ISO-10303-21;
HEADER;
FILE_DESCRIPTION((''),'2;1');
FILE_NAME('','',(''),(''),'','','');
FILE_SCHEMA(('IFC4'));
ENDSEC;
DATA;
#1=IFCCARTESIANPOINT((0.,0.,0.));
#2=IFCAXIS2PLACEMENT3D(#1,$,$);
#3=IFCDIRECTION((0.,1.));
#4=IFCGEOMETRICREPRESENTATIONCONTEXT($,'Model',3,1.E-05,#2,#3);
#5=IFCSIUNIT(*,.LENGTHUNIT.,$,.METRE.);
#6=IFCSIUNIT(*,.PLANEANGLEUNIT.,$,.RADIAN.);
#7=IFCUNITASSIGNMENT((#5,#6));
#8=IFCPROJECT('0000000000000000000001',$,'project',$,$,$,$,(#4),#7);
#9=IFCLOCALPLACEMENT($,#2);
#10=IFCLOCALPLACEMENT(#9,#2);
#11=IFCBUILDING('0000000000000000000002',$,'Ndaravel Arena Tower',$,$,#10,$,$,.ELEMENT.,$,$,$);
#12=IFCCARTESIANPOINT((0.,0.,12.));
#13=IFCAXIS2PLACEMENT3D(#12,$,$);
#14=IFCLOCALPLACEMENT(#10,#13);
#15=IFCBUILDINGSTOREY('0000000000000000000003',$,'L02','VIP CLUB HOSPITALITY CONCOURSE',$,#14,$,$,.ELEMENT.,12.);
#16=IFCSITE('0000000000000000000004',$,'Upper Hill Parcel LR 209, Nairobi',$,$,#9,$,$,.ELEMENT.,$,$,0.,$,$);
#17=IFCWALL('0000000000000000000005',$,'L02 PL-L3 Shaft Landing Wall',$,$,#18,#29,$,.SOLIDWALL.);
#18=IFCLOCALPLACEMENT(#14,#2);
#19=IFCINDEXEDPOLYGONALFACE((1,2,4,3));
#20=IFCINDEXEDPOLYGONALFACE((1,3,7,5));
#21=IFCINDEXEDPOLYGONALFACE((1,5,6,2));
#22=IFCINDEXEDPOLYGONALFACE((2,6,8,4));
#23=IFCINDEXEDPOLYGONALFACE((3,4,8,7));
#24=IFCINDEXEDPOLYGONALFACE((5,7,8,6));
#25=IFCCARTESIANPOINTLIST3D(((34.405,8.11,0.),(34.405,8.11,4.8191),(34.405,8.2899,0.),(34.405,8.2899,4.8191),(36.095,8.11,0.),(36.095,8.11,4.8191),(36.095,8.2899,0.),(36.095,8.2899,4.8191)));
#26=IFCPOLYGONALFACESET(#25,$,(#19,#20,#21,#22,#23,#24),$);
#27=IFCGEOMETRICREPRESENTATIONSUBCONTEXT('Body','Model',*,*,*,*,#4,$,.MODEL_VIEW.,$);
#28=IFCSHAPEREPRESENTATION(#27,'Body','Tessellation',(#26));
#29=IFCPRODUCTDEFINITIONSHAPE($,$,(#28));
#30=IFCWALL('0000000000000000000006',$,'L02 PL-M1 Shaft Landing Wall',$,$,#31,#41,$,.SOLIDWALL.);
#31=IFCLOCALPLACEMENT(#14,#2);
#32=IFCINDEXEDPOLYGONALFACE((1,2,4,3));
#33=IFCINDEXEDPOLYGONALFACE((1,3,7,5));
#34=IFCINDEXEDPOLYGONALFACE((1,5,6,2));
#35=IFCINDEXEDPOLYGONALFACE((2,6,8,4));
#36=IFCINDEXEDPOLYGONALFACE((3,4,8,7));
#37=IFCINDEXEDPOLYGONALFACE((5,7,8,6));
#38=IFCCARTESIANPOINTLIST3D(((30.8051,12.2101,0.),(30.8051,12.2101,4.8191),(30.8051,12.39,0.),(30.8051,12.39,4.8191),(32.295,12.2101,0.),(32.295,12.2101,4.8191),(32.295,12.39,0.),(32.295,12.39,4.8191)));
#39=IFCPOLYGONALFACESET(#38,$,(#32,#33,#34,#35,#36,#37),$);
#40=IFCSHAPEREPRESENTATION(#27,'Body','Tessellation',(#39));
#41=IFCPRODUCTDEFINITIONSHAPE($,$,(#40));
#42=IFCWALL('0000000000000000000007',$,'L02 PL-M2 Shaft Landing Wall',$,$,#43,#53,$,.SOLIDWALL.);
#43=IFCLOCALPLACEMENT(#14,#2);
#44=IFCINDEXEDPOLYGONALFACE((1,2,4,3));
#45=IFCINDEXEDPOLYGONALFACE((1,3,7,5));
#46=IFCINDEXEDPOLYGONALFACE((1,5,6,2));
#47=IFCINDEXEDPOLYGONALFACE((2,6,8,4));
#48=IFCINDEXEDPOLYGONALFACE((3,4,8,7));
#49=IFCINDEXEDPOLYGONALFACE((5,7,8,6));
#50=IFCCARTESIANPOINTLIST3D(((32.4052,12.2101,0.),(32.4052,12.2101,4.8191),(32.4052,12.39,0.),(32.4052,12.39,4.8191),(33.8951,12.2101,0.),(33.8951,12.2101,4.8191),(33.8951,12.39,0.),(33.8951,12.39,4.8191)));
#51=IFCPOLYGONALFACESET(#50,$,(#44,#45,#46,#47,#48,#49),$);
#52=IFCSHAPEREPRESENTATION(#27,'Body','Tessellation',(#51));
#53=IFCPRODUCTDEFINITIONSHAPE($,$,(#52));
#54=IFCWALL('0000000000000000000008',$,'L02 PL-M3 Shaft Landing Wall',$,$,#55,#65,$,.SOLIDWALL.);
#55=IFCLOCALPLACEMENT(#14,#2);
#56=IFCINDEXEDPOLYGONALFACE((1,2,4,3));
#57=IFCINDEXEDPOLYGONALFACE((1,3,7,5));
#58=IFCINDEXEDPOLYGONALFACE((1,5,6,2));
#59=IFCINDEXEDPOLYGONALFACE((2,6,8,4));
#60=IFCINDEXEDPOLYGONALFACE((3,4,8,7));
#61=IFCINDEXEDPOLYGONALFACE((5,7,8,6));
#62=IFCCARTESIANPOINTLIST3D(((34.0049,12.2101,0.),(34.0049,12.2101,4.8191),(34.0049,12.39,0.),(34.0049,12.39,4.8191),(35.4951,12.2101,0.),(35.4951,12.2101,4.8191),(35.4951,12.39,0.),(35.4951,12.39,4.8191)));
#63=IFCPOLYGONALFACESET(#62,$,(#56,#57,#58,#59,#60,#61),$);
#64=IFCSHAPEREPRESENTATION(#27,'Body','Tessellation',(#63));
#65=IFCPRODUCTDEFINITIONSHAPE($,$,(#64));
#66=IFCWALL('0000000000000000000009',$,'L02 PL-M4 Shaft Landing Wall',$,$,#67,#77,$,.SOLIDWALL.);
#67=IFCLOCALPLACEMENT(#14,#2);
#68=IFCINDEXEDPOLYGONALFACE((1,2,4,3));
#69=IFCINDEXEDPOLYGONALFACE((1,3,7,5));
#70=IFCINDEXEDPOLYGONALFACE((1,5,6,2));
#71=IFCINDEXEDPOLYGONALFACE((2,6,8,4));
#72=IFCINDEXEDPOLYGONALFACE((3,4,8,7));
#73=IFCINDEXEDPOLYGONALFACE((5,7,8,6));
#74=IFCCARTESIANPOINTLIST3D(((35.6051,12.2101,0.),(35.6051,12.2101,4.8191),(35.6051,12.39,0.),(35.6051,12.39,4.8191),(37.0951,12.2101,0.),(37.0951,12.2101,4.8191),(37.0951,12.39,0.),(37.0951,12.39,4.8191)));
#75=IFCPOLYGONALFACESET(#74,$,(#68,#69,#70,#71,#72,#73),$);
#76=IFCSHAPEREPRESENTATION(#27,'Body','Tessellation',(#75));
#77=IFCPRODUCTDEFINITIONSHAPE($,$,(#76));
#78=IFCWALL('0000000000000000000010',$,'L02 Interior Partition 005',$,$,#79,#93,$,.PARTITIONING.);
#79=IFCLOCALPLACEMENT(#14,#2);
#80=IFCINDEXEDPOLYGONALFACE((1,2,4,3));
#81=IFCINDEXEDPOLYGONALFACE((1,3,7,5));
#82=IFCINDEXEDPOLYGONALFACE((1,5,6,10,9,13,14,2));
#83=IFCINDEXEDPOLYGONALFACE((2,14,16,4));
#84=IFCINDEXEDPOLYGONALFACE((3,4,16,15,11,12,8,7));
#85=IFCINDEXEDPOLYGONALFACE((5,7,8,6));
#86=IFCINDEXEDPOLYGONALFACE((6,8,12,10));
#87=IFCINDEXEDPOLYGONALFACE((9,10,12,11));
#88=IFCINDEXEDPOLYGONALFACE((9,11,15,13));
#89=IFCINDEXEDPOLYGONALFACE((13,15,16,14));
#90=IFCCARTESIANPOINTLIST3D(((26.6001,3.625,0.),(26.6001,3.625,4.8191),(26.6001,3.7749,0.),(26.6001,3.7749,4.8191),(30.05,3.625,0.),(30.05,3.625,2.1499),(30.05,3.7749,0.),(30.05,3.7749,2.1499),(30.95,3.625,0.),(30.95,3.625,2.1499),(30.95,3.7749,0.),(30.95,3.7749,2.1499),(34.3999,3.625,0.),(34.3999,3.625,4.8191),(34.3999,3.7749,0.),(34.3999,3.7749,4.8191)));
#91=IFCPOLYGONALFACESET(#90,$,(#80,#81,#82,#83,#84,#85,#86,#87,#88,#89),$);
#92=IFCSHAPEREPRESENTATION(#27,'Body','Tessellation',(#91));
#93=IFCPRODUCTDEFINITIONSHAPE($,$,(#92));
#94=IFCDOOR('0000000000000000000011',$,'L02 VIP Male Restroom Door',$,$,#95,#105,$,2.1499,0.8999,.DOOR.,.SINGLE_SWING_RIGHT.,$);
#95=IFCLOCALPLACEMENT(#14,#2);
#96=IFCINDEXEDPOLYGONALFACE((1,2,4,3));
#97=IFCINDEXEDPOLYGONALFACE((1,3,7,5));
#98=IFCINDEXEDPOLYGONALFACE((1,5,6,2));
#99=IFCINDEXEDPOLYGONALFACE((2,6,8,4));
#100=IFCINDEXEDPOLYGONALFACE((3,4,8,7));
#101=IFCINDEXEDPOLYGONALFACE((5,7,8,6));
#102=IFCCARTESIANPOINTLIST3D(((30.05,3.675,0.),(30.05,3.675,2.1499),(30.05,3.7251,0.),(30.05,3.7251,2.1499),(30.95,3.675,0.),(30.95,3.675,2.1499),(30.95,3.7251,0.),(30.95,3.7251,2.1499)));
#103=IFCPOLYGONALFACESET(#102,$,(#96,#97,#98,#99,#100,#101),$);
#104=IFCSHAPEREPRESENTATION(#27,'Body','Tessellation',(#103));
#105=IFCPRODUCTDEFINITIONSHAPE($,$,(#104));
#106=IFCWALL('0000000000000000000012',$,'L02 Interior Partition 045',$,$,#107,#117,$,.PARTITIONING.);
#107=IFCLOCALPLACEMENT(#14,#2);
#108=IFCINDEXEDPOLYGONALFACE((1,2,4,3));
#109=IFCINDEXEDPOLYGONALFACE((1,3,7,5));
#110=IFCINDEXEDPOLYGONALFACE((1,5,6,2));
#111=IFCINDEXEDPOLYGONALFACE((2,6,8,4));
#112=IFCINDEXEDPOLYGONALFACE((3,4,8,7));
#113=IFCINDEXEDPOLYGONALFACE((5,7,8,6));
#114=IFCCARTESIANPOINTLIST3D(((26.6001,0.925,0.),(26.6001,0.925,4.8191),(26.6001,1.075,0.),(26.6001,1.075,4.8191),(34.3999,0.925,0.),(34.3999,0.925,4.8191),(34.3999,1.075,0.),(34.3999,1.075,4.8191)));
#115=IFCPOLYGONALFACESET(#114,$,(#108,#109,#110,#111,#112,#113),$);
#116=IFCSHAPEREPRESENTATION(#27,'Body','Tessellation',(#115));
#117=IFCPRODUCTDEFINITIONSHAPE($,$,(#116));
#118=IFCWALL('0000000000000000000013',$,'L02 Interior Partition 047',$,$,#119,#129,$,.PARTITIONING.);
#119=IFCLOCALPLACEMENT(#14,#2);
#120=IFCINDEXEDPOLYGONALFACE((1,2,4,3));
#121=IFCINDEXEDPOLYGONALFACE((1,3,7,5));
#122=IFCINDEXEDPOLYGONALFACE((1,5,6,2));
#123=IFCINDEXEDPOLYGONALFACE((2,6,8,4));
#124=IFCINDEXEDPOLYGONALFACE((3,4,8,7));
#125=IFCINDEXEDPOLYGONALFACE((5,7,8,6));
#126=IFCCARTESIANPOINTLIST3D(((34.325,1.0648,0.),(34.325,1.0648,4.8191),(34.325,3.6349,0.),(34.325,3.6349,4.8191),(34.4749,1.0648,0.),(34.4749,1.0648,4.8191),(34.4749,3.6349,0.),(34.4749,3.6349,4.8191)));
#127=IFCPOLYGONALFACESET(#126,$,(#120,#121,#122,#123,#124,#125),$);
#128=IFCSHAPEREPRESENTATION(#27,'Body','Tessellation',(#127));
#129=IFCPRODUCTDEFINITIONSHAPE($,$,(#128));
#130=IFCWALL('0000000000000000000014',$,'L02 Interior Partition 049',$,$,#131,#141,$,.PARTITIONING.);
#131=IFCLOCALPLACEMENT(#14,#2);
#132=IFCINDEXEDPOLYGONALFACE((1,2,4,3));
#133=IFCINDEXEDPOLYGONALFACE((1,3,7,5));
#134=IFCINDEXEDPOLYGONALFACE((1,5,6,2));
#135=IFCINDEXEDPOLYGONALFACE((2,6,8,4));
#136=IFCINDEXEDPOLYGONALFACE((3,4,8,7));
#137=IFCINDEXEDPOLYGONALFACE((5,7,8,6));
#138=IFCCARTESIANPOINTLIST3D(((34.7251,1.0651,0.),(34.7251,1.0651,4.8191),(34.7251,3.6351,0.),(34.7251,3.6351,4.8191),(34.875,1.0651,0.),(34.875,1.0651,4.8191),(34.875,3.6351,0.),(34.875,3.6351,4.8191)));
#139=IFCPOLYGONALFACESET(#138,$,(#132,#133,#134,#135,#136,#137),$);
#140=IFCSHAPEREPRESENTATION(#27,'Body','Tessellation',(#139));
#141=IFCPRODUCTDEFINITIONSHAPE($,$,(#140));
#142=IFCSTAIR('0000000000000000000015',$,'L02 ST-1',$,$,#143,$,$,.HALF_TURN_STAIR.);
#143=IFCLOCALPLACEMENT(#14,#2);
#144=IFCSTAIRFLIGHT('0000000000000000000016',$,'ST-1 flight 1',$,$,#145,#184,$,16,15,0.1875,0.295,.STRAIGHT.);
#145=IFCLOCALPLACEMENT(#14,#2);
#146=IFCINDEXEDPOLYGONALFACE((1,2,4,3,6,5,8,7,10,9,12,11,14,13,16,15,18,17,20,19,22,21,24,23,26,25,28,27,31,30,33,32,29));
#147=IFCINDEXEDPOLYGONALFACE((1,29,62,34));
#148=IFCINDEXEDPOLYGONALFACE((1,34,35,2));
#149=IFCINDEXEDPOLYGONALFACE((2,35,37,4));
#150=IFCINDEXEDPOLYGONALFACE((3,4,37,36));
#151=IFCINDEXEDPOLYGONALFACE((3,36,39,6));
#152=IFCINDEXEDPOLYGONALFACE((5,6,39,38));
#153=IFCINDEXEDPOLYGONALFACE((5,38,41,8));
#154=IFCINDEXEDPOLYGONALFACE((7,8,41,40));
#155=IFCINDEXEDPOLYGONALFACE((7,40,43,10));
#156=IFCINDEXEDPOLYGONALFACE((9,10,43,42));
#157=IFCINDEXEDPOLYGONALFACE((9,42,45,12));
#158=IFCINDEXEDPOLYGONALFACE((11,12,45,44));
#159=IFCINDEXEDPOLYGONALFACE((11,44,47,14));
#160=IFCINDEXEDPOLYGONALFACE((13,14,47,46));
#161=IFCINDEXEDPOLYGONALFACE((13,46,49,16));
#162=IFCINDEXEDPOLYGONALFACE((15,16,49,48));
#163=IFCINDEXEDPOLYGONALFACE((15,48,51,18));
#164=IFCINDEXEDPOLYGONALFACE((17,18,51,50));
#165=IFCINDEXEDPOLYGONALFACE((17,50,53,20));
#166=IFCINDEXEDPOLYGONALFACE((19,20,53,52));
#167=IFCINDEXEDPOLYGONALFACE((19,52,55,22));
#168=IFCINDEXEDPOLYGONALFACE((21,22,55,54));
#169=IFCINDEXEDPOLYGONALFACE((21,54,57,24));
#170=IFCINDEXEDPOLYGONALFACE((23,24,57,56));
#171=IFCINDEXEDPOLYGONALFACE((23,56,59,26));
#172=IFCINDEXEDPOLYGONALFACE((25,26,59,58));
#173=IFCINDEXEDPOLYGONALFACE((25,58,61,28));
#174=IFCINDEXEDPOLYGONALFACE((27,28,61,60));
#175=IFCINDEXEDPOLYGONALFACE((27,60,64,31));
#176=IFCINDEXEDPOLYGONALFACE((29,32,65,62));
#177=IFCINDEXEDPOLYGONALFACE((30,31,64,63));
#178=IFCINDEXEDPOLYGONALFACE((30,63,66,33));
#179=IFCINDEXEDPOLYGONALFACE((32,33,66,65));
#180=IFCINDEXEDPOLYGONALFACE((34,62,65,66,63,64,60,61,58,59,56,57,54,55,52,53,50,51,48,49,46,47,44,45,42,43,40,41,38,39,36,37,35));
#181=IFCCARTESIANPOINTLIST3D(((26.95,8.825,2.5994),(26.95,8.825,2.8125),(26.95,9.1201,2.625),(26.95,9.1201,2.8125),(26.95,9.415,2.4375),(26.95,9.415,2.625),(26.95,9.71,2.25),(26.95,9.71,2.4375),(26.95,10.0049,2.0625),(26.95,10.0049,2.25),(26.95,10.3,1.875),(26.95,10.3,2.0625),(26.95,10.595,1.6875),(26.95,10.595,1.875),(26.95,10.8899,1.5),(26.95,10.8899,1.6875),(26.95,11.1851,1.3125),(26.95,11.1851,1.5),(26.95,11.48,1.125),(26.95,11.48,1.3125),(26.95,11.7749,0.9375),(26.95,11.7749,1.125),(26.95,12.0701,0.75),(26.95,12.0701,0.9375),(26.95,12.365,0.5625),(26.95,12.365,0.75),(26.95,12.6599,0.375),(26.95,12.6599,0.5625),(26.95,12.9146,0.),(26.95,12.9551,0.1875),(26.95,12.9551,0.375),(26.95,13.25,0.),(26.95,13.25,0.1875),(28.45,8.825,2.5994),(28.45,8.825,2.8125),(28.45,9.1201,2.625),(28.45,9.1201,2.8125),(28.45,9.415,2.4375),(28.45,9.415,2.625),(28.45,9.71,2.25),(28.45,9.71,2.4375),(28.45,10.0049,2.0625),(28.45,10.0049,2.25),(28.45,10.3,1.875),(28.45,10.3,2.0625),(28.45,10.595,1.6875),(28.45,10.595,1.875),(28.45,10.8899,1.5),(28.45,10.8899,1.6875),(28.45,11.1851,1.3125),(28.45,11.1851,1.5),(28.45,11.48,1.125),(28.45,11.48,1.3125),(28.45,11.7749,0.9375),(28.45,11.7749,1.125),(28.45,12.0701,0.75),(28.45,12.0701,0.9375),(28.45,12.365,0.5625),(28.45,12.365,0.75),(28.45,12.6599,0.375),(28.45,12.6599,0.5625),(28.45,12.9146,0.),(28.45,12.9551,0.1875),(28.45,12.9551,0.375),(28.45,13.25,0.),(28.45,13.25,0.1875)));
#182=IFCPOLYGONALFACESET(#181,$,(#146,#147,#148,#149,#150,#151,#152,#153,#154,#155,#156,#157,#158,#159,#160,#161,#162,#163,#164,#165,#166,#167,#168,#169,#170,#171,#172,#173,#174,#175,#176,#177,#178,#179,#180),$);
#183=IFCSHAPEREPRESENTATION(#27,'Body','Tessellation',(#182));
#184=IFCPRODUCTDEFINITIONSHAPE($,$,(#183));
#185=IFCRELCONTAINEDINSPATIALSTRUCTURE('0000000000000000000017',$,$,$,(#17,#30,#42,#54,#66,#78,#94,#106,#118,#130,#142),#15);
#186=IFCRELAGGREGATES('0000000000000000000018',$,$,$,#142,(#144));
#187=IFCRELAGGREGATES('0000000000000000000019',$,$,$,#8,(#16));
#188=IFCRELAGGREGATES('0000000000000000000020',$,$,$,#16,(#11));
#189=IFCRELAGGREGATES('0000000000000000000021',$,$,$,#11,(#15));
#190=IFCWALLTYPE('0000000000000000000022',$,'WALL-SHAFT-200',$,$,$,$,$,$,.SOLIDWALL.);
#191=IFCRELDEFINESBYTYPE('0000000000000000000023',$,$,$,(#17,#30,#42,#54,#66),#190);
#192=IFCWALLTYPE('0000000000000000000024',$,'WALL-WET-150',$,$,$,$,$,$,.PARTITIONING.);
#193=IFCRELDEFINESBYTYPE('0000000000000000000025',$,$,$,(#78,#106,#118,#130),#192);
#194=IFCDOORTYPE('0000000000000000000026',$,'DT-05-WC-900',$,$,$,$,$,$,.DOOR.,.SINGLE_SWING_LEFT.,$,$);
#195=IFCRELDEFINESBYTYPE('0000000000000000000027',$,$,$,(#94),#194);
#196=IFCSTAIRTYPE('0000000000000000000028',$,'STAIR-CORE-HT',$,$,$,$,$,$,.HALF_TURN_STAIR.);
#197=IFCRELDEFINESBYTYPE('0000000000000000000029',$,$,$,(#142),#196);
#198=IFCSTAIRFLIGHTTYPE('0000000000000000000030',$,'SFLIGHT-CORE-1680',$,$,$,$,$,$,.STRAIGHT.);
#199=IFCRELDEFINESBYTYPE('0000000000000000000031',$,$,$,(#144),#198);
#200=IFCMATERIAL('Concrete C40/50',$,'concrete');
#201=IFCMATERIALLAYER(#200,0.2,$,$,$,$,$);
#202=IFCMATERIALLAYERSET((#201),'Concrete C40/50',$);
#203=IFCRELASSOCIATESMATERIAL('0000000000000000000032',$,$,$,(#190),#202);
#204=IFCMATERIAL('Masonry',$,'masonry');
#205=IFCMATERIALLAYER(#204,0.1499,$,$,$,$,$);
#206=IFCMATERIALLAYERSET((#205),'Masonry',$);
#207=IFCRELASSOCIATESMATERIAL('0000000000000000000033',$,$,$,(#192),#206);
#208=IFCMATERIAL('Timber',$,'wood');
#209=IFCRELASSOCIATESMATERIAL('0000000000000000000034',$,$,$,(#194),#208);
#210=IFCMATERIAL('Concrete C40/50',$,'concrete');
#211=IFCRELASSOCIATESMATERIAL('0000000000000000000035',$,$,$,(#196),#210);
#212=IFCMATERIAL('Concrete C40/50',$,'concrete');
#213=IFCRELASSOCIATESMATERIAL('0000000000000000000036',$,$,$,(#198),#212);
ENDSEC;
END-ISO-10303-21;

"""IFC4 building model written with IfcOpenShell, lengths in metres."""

from ifc_helpers import new_model, si_unit, direction, frame, frame_2d, origin, place, context, subcontext, project, spatial, polyline, rectangle, outline, extrude, material, layer, layer_set, type_object, element, fill, aggregate, save


model = new_model("IFC4")

# Units and contexts
model_context = context("Model", 3, precision=1e-05, world=origin(), true_north=direction((0.0, 1.0)))
body_context = subcontext(model_context, "Body", "Model", "MODEL_VIEW")
ifc_project = project(units=[si_unit("LENGTHUNIT", "METRE"), si_unit("PLANEANGLEUNIT", "RADIAN")], contexts=[model_context])

# Site, building, storey
site_placement = place(None, origin())
site = spatial("IfcSite", under=ifc_project, at=site_placement, Name="Upper Hill Parcel LR 209, Nairobi", CompositionType="ELEMENT", RefElevation=0.0)
building_placement = place(site_placement, origin())
building = spatial("IfcBuilding", under=site, at=building_placement, Name="Ndaravel Arena Tower", CompositionType="ELEMENT")
storey_placement = place(building_placement, frame((0.0, 0.0, 12.0)))
storey = spatial("IfcBuildingStorey", under=building, at=storey_placement, Name="L02", Description="VIP CLUB HOSPITALITY CONCOURSE", CompositionType="ELEMENT", Elevation=12.0)

# Walls
ifc_material_1 = material(Name="Concrete C40/50", Category="concrete")
ifc_layer_1 = layer(ifc_material_1, 0.2)
ifc_layer_set_1 = layer_set([ifc_layer_1], Name="Concrete C40/50")
wall_type_1 = type_object("IfcWallType", Name="WALL-SHAFT-200", PredefinedType="SOLIDWALL", material=ifc_layer_set_1)
wall_1_placement = place(storey_placement, frame((34.405, 8.2, 0.0), z_axis=(0.0, 0.0, 1.0), x_axis=(1.0, 0.0, 0.0)))
element("IfcWall", 1, at=wall_1_placement, inside=storey, type_object=wall_type_1, Name="L02 PL-L3 Shaft Landing Wall", PredefinedType="SOLIDWALL", context=body_context, shape_type="SweptSolid", body=[
    extrude(rectangle(XDim=1.6899, YDim=0.1799, at=frame_2d((0.845, 0.0))), origin(), (0.0, 0.0, 1.0), 4.8191),
])
for number, where, z_axis, x_axis, name in (
    (2, (30.8049, 12.3, 0.0), (0.0, 0.0, 1.0), (1.0, 0.0, 0.0), "L02 PL-M1 Shaft Landing Wall"),
    (3, (32.405, 12.3, 0.0), (0.0, 0.0, 1.0), (1.0, 0.0, 0.0), "L02 PL-M2 Shaft Landing Wall"),
):
    element("IfcWall", number, at=place(storey_placement, frame(where, z_axis=z_axis, x_axis=x_axis)), inside=storey, type_object=wall_type_1, Name=name, PredefinedType="SOLIDWALL", context=body_context, shape_type="SweptSolid", body=[
        extrude(rectangle(XDim=1.49, YDim=0.1799, at=frame_2d((0.7451, 0.0))), origin(), (0.0, 0.0, 1.0), 4.8191),
    ])
wall_2_placement = place(storey_placement, frame((34.0049, 12.3, 0.0), z_axis=(0.0, 0.0, 1.0), x_axis=(1.0, 0.0, 0.0)))
element("IfcWall", 4, at=wall_2_placement, inside=storey, type_object=wall_type_1, Name="L02 PL-M3 Shaft Landing Wall", PredefinedType="SOLIDWALL", context=body_context, shape_type="SweptSolid", body=[
    extrude(rectangle(XDim=1.4902, YDim=0.1799, at=frame_2d((0.7451, 0.0))), origin(), (0.0, 0.0, 1.0), 4.8191),
])
wall_3_placement = place(storey_placement, frame((35.605, 12.3, 0.0), z_axis=(0.0, 0.0, 1.0), x_axis=(1.0, 0.0, 0.0)))
element("IfcWall", 5, at=wall_3_placement, inside=storey, type_object=wall_type_1, Name="L02 PL-M4 Shaft Landing Wall", PredefinedType="SOLIDWALL", context=body_context, shape_type="SweptSolid", body=[
    extrude(rectangle(XDim=1.49, YDim=0.1799, at=frame_2d((0.7451, 0.0))), origin(), (0.0, 0.0, 1.0), 4.8191),
])

# Wall, opening, door
ifc_material_2 = material(Name="Masonry", Category="masonry")
ifc_layer_2 = layer(ifc_material_2, 0.1499)
ifc_layer_set_2 = layer_set([ifc_layer_2], Name="Masonry")
wall_type_2 = type_object("IfcWallType", Name="WALL-WET-150", PredefinedType="PARTITIONING", material=ifc_layer_set_2)
wall_4_placement = place(storey_placement, frame((34.3999, 3.7, 0.0), z_axis=(0.0, 0.0, 1.0), x_axis=(-1.0, 0.0, 0.0)))
wall_4 = element("IfcWall", 6, at=wall_4_placement, inside=storey, type_object=wall_type_2, Name="L02 Interior Partition 005", PredefinedType="PARTITIONING", context=body_context, shape_type="SweptSolid", body=[
    extrude(rectangle(XDim=7.7998, YDim=0.1499, at=frame_2d((3.8999, 0.0))), origin(), (0.0, 0.0, 1.0), 4.8191),
])
opening_placement = place(wall_4_placement, frame((3.45, 0.0, 0.0)))
opening = element("IfcOpeningElement", 7, at=opening_placement, cuts=wall_4, PredefinedType="OPENING", context=body_context, shape_type="SweptSolid", body=[
    extrude(rectangle(XDim=0.8999, YDim=2.1499, at=frame_2d((0.45, 1.075))), frame((0.0, 0.075, 0.0), z_axis=(0.0, -1.0, 0.0), x_axis=(1.0, 0.0, 0.0)), (0.0, 0.0, 1.0), 0.1499),
])
ifc_material_3 = material(Name="Timber", Category="wood")
door_type = type_object("IfcDoorType", Name="DT-05-WC-900", OperationType="SINGLE_SWING_LEFT", PredefinedType="DOOR", material=ifc_material_3)
door_placement = place(opening_placement, origin())
door = element("IfcDoor", 8, at=door_placement, inside=storey, type_object=door_type, Name="L02 VIP Male Restroom Door", OperationType="SINGLE_SWING_RIGHT", OverallHeight=2.1499, OverallWidth=0.8999, PredefinedType="DOOR", context=body_context, shape_type="SweptSolid", body=[
    extrude(rectangle(XDim=0.8999, YDim=2.1499, at=frame_2d((0.45, 1.075))), frame((0.0, 0.0249, 0.0), z_axis=(0.0, -1.0, 0.0), x_axis=(1.0, 0.0, 0.0)), (0.0, 0.0, 1.0), 0.05),
])
fill(opening, door)

# Walls
wall_5_placement = place(storey_placement, frame((34.3999, 1.0, 0.0), z_axis=(0.0, 0.0, 1.0), x_axis=(-1.0, 0.0, 0.0)))
element("IfcWall", 9, at=wall_5_placement, inside=storey, type_object=wall_type_2, Name="L02 Interior Partition 045", PredefinedType="PARTITIONING", context=body_context, shape_type="SweptSolid", body=[
    extrude(rectangle(XDim=7.7998, YDim=0.1499, at=frame_2d((3.8999, 0.0))), origin(), (0.0, 0.0, 1.0), 4.8191),
])
for number, where, z_axis, x_axis, name in (
    (10, (34.3999, 3.635, 0.0), (0.0, 0.0, 1.0), (0.0, -1.0, 0.0), "L02 Interior Partition 047"),
    (11, (34.8, 1.0649, 0.0), (0.0, 0.0, 1.0), (0.0, 1.0, 0.0), "L02 Interior Partition 049"),
):
    element("IfcWall", number, at=place(storey_placement, frame(where, z_axis=z_axis, x_axis=x_axis)), inside=storey, type_object=wall_type_2, Name=name, PredefinedType="PARTITIONING", context=body_context, shape_type="SweptSolid", body=[
        extrude(rectangle(XDim=2.5701, YDim=0.1499, at=frame_2d((1.2852, 0.0))), origin(), (0.0, 0.0, 1.0), 4.8191),
    ])

# Stair, stair flight
ifc_material_4 = material(Name="Concrete C40/50", Category="concrete")
stair_type = type_object("IfcStairType", Name="STAIR-CORE-HT", PredefinedType="HALF_TURN_STAIR", material=ifc_material_4)
stair_placement = place(storey_placement, origin())
stair = element("IfcStair", 12, at=stair_placement, inside=storey, type_object=stair_type, Name="L02 ST-1", PredefinedType="HALF_TURN_STAIR")
ifc_material_5 = material(Name="Concrete C40/50", Category="concrete")
stair_flight_type = type_object("IfcStairFlightType", Name="SFLIGHT-CORE-1680", PredefinedType="STRAIGHT", material=ifc_material_5)
stair_flight_1_placement = place(storey_placement, frame((27.7, 13.25, 0.0), z_axis=(0.0, 0.0, 1.0), x_axis=(0.0, -1.0, 0.0)))
stair_flight_1 = element("IfcStairFlight", 13, at=stair_flight_1_placement, type_object=stair_flight_type, Name="ST-1 flight 1", NumberOfRisers=16, NumberOfTreads=15, PredefinedType="STRAIGHT", RiserHeight=0.1875, TreadLength=0.295, context=body_context, shape_type="SweptSolid", body=[
    extrude(outline(polyline([(0.0, 0.0), (0.0, 0.1875), (0.2949, 0.1875), (0.2949, 0.375), (0.5901, 0.375), (0.5901, 0.5625), (0.885, 0.5625), (0.885, 0.75), (1.1799, 0.75), (1.1799, 0.9375), (1.4751, 0.9375), (1.4751, 1.125), (1.77, 1.125), (1.77, 1.3125), (2.0649, 1.3125), (2.0649, 1.5), (2.3601, 1.5), (2.3601, 1.6875), (2.655, 1.6875), (2.655, 1.875), (2.95, 1.875), (2.95, 2.0625), (3.2451, 2.0625), (3.2451, 2.25), (3.54, 2.25), (3.54, 2.4375), (3.835, 2.4375), (3.835, 2.625), (4.1299, 2.625), (4.1299, 2.8125), (4.425, 2.8125), (4.425, 3.0), (4.425, 2.5994), (0.3354, 0.0), (0.0, 0.0)])), frame((0.0, 0.75, 0.0), z_axis=(0.0, -1.0, 0.0), x_axis=(1.0, 0.0, 0.0)), (0.0, 0.0, 1.0), 1.5),
])
aggregate(stair, [stair_flight_1])

save(model, "model.ifc")
